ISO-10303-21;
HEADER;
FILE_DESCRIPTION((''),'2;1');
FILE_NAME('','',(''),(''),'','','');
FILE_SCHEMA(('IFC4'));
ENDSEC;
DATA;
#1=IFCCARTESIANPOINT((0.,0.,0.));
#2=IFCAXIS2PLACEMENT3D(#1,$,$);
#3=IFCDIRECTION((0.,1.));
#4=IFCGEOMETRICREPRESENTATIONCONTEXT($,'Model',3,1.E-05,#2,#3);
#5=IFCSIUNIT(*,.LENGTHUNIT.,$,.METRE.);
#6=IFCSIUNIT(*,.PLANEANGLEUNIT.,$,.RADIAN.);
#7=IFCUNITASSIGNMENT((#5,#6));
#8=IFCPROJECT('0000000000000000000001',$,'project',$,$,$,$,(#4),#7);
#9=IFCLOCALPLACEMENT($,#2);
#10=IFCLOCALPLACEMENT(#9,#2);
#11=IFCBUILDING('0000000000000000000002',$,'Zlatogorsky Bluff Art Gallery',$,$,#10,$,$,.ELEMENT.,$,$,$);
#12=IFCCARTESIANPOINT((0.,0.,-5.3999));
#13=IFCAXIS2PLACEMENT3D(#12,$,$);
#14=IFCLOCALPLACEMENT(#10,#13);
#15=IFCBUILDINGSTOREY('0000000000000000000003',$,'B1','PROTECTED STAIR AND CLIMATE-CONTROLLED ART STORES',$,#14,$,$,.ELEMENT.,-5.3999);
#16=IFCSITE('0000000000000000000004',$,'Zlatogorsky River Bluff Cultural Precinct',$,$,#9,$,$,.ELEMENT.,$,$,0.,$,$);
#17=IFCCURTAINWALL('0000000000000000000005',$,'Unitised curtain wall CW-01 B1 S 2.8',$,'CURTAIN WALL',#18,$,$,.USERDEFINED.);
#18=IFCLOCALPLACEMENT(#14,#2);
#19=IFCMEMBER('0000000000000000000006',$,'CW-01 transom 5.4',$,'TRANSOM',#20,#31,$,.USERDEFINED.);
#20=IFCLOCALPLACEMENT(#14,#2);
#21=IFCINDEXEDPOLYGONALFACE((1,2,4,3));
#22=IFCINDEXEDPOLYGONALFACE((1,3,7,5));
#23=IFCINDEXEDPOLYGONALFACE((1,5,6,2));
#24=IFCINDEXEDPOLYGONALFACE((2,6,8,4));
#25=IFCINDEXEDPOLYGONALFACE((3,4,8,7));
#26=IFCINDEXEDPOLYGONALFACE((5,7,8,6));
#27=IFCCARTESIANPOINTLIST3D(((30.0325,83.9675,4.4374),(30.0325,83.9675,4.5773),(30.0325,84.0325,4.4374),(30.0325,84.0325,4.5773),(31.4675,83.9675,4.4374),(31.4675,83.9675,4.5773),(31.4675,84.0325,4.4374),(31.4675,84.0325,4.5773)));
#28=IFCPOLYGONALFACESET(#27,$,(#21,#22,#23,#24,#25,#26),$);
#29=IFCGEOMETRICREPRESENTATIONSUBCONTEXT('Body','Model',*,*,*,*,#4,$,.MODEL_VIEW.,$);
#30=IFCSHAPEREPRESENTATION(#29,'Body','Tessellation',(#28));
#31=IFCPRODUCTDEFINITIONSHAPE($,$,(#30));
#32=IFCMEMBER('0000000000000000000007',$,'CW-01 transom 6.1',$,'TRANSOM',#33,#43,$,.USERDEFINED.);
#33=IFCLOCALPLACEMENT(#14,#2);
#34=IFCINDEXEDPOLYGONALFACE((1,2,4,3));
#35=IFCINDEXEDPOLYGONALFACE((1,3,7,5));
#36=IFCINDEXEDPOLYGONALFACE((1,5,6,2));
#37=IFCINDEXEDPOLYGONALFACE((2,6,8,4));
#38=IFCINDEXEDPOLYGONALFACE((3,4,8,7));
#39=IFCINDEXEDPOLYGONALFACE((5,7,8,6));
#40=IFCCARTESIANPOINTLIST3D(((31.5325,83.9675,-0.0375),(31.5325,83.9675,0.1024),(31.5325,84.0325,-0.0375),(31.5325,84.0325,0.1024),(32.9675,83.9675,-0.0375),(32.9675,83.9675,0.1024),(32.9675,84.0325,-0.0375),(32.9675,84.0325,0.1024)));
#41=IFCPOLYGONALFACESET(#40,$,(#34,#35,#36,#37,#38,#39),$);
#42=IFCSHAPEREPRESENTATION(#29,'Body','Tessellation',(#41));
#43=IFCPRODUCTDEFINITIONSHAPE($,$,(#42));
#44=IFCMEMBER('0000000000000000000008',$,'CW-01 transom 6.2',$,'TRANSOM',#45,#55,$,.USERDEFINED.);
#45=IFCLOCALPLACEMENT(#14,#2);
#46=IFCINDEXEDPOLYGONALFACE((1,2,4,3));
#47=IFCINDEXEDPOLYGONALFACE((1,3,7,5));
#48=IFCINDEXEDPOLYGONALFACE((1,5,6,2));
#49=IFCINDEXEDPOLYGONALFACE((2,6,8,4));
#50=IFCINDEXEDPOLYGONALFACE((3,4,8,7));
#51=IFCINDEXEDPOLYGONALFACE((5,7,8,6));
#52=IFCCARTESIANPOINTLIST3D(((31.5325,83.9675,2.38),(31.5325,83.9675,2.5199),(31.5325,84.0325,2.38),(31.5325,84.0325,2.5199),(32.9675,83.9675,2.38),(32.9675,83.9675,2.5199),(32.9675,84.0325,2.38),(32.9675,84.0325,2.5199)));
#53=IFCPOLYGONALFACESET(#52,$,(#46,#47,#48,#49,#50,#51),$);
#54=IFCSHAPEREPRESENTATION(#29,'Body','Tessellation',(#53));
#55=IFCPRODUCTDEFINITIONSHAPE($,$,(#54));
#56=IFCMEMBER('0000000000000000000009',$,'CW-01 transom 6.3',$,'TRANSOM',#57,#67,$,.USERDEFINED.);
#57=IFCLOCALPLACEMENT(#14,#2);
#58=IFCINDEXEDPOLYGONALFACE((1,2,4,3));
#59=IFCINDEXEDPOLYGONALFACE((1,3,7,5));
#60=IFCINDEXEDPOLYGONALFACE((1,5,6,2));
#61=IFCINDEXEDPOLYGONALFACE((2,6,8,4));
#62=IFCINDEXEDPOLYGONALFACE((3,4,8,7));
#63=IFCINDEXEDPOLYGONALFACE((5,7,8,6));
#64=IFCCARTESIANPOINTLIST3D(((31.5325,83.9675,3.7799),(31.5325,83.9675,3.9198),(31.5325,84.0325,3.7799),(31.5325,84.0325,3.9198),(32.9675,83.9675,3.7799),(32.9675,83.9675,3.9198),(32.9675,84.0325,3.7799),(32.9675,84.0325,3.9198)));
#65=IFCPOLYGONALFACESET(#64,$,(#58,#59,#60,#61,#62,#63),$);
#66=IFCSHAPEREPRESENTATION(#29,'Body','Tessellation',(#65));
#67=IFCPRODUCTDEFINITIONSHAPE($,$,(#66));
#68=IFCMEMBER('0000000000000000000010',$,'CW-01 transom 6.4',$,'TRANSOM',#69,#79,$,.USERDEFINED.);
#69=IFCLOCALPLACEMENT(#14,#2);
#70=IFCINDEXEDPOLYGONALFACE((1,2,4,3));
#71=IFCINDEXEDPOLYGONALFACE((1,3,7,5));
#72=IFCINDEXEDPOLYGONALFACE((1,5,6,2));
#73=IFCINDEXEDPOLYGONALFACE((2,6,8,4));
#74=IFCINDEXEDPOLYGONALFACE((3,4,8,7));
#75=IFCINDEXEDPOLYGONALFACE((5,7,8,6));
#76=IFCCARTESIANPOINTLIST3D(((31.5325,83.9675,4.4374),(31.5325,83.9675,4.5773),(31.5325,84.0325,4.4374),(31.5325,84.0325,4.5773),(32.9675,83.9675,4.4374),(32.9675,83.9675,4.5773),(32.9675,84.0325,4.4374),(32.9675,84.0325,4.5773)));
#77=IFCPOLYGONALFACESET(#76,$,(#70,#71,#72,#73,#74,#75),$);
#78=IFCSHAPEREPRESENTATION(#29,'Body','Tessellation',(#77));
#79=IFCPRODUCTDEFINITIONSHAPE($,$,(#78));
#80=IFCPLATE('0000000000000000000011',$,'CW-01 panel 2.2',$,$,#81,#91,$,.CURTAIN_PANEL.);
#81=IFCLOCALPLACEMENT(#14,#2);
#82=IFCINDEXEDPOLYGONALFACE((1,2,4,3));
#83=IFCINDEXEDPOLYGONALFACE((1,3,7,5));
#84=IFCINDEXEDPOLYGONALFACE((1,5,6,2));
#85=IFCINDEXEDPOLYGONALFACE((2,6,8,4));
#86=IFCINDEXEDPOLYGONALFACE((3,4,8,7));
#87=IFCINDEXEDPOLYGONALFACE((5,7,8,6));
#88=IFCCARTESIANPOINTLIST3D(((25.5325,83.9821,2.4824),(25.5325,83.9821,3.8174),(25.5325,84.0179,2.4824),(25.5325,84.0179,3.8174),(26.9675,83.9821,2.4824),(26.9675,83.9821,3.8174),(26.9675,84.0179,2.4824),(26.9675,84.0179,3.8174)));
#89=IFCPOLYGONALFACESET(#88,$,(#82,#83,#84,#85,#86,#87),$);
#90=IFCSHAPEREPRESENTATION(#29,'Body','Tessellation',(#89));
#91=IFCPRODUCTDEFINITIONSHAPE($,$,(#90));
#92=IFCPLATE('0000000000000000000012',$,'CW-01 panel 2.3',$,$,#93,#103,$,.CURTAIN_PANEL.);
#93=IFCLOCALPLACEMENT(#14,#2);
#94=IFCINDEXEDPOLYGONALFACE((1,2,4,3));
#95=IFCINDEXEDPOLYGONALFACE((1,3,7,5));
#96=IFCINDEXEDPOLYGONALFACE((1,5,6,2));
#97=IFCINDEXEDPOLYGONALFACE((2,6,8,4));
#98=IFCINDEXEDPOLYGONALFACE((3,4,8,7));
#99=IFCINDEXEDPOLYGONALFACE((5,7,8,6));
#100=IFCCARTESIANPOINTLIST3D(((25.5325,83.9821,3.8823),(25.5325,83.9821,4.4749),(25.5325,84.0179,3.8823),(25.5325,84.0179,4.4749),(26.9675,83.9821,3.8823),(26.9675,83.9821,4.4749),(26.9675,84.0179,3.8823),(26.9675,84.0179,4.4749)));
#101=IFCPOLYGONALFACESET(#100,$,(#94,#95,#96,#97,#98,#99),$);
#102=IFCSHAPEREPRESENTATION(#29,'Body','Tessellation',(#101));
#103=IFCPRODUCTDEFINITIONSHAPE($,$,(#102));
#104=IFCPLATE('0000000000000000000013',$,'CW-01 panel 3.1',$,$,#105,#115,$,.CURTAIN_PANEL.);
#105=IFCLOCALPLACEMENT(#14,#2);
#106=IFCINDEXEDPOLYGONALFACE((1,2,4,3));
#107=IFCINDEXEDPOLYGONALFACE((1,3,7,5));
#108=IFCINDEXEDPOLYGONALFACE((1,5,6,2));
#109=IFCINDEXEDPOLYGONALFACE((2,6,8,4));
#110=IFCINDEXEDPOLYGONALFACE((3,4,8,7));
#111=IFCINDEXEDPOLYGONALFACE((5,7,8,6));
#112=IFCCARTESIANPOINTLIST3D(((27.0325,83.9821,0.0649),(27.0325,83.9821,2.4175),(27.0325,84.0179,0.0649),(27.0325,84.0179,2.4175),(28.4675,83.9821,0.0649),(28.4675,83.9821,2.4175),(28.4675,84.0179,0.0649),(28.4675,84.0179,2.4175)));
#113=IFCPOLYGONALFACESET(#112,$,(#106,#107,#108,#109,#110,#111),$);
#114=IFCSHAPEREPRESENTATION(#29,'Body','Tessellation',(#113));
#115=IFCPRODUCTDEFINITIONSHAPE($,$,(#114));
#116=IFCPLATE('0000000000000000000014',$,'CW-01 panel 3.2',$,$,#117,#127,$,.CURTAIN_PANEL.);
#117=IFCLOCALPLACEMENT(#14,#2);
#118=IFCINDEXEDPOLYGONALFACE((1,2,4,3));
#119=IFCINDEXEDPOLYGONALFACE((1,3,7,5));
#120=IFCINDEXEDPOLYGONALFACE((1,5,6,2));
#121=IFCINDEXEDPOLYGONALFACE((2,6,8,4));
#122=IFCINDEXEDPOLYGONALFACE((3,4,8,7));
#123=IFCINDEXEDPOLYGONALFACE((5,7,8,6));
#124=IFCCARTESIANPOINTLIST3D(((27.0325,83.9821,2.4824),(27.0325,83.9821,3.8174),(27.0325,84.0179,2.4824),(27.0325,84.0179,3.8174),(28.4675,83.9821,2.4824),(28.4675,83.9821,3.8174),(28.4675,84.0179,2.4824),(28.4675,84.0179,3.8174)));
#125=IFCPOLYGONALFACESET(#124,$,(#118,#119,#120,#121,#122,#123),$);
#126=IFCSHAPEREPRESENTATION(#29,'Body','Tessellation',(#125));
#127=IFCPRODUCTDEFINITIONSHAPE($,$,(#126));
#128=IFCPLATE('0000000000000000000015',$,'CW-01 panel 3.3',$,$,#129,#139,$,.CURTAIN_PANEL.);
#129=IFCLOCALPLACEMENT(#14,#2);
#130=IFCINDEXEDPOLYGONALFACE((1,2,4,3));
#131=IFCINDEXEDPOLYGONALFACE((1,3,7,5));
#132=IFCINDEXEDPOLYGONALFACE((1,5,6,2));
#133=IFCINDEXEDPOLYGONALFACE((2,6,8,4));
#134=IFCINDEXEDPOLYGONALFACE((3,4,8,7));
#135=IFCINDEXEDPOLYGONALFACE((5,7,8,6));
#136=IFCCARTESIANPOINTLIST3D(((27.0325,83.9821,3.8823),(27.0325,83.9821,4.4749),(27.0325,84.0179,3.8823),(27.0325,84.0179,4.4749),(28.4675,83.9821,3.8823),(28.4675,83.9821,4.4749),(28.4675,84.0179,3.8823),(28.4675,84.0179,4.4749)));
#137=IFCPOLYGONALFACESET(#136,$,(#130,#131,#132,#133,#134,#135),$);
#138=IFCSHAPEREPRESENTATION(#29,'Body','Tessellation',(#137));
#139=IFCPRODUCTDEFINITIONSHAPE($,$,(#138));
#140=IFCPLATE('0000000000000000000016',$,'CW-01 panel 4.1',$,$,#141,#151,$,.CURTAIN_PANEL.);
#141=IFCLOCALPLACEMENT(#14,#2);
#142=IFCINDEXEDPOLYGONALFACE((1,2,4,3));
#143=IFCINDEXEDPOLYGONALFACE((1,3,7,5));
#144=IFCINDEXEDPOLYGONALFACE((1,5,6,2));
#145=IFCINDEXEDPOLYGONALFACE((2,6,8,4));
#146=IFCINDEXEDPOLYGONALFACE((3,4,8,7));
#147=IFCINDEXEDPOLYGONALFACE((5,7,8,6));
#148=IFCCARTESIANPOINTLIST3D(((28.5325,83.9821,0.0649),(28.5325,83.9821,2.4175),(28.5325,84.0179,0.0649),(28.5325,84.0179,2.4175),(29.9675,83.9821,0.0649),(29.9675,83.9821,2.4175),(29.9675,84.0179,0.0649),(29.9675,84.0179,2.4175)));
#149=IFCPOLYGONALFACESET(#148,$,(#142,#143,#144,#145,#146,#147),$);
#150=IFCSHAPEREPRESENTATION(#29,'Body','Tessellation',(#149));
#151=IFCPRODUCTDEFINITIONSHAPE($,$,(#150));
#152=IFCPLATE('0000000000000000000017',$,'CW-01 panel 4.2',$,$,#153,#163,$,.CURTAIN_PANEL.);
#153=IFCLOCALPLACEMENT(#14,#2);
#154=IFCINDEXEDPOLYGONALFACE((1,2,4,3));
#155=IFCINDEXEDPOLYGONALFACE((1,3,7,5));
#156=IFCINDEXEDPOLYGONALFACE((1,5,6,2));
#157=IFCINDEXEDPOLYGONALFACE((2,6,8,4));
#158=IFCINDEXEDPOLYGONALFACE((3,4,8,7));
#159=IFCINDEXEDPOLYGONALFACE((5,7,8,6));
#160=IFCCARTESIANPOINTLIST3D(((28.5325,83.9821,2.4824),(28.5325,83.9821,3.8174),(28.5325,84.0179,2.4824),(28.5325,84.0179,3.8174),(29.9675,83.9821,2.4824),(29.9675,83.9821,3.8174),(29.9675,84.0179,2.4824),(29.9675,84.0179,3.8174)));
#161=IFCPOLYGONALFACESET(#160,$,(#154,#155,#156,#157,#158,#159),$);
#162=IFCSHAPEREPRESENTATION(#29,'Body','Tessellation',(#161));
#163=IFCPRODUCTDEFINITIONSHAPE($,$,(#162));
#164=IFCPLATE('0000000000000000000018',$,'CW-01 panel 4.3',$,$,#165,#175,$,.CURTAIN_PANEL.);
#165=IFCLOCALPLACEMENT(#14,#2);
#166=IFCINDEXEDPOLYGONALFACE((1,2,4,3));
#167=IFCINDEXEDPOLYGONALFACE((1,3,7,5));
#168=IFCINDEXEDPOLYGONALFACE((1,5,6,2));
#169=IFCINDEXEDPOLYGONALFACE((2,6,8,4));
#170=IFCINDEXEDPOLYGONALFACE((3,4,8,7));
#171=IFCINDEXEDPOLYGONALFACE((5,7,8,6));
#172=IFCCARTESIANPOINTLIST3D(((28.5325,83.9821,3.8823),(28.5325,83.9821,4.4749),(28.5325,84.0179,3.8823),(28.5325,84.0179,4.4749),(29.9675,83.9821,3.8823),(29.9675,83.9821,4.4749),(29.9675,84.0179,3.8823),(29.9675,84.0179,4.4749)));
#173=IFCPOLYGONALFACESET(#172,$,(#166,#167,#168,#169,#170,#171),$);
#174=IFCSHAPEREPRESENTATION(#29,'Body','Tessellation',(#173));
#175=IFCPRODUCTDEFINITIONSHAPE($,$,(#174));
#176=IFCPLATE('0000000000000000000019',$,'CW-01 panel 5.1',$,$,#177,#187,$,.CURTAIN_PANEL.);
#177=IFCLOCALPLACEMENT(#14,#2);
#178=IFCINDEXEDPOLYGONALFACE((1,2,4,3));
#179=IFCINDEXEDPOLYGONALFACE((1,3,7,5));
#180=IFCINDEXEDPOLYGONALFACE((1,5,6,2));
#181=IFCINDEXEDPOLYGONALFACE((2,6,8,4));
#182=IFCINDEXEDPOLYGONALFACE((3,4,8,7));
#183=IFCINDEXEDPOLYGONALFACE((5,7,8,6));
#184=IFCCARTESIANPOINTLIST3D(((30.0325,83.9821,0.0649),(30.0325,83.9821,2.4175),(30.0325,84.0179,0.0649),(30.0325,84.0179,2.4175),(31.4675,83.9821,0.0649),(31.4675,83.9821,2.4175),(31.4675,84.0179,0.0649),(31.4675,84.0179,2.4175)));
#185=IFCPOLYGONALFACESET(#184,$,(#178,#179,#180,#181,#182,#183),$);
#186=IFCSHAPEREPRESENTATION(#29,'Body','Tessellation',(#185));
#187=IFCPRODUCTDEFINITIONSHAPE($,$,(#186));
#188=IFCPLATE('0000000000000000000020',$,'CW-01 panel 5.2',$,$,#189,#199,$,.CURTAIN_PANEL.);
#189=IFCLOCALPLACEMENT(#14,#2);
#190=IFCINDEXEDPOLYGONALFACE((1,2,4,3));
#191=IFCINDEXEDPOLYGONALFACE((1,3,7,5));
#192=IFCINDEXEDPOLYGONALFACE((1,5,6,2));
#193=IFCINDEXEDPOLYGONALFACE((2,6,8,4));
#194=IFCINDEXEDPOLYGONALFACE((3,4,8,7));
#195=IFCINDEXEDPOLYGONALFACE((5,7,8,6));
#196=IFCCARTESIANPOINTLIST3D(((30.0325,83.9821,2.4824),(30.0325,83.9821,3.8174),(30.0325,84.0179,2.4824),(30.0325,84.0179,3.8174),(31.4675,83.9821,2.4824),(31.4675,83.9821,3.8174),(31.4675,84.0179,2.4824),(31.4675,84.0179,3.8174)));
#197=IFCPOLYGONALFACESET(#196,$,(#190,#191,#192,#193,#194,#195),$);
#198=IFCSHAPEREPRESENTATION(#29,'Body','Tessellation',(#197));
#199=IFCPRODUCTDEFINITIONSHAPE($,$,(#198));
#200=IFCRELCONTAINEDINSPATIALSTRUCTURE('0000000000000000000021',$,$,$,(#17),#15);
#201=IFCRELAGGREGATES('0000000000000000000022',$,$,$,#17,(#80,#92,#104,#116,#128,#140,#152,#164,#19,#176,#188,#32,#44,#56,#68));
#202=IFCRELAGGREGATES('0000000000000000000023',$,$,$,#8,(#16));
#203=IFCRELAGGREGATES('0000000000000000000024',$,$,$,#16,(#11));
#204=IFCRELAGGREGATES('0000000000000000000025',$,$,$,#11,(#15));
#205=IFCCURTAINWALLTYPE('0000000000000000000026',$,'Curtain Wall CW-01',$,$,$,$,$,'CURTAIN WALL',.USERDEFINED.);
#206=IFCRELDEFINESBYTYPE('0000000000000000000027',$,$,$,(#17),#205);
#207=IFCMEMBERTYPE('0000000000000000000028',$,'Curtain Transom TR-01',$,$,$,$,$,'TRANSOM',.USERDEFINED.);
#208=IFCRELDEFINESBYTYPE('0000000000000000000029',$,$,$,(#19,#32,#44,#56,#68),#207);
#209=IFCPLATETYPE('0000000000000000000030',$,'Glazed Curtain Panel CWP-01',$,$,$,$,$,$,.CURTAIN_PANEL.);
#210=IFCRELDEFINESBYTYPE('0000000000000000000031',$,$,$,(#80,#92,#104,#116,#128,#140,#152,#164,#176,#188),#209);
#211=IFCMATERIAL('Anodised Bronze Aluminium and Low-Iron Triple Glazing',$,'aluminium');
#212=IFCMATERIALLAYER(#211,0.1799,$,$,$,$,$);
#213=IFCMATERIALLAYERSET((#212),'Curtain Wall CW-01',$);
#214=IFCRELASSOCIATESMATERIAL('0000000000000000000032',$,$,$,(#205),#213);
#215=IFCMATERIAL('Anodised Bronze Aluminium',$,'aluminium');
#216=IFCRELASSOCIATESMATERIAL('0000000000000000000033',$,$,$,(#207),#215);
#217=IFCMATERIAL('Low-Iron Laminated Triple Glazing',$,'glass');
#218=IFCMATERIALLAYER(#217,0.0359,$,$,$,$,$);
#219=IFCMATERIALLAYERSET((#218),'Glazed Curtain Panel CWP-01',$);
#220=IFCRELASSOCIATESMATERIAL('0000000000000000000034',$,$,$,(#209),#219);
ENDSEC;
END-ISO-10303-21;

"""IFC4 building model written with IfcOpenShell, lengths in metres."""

from ifc_helpers import new_model, si_unit, direction, frame, origin, origin_2d, place, context, subcontext, project, spatial, rectangle, extrude, material, layer, layer_set, material_profile, profile_set, type_object, element, aggregate, save


model = new_model("IFC4")

# Units and contexts
model_context = context("Model", 3, precision=1e-05, world=origin(), true_north=direction((0.0, 1.0)))
body_context = subcontext(model_context, "Body", "Model", "MODEL_VIEW")
ifc_project = project(units=[si_unit("LENGTHUNIT", "METRE"), si_unit("PLANEANGLEUNIT", "RADIAN")], contexts=[model_context])

# Site, building, storey
site_placement = place(None, origin())
site = spatial("IfcSite", under=ifc_project, at=site_placement, Name="Zlatogorsky River Bluff Cultural Precinct", CompositionType="ELEMENT", RefElevation=0.0)
building_placement = place(site_placement, origin())
building = spatial("IfcBuilding", under=site, at=building_placement, Name="Zlatogorsky Bluff Art Gallery", CompositionType="ELEMENT")
storey_placement = place(building_placement, frame((0.0, 0.0, -5.3999)))
storey = spatial("IfcBuildingStorey", under=building, at=storey_placement, Name="B1", Description="PROTECTED STAIR AND CLIMATE-CONTROLLED ART STORES", CompositionType="ELEMENT", Elevation=-5.3999)

# Curtain wall, members, plates
ifc_material_1 = material(Name="Anodised Bronze Aluminium and Low-Iron Triple Glazing", Category="aluminium")
ifc_layer_1 = layer(ifc_material_1, 0.1799)
ifc_layer_set_1 = layer_set([ifc_layer_1], Name="Curtain Wall CW-01")
curtain_wall_type = type_object("IfcCurtainWallType", Name="Curtain Wall CW-01", ElementType="CURTAIN WALL", PredefinedType="USERDEFINED", material=ifc_layer_set_1)
curtain_wall_placement = place(storey_placement, origin())
curtain_wall = element("IfcCurtainWall", 1, at=curtain_wall_placement, inside=storey, type_object=curtain_wall_type, Name="Unitised curtain wall CW-01 B1 S 2.8", ObjectType="CURTAIN WALL", PredefinedType="USERDEFINED")
ifc_material_2 = material(Name="Anodised Bronze Aluminium", Category="aluminium")
ifc_material_profile_1 = material_profile(ifc_material_2, rectangle(XDim=0.0649, YDim=0.1399, at=origin_2d()), Name="ALU TRANSOM 65x140")
ifc_profile_set_1 = profile_set([ifc_material_profile_1], Name="Anodised Bronze Aluminium")
member_type_1 = type_object("IfcMemberType", Name="Curtain Transom TR-01", ElementType="TRANSOM", PredefinedType="USERDEFINED", material=ifc_profile_set_1)
member_1_placement = place(storey_placement, frame((30.0325, 84.0, 4.5073), z_axis=(1.0, 0.0, 0.0), x_axis=(0.0, 1.0, 0.0)))
member_1 = element("IfcMember", 2, at=member_1_placement, type_object=member_type_1, Name="CW-01 transom 5.4", ObjectType="TRANSOM", PredefinedType="USERDEFINED", context=body_context, shape_type="SweptSolid", body=[
    extrude(rectangle(XDim=0.0649, YDim=0.1399, at=origin_2d()), origin(), (0.0, 0.0, 1.0), 1.4351),
])
member_2_placement = place(storey_placement, frame((31.5325, 84.0, 0.0325), z_axis=(1.0, 0.0, 0.0), x_axis=(0.0, 1.0, 0.0)))
member_2 = element("IfcMember", 3, at=member_2_placement, type_object=member_type_1, Name="CW-01 transom 6.1", ObjectType="TRANSOM", PredefinedType="USERDEFINED", context=body_context, shape_type="SweptSolid", body=[
    extrude(rectangle(XDim=0.0649, YDim=0.1399, at=origin_2d()), origin(), (0.0, 0.0, 1.0), 1.4351),
])
member_3_placement = place(storey_placement, frame((31.5325, 84.0, 2.45), z_axis=(1.0, 0.0, 0.0), x_axis=(0.0, 1.0, 0.0)))
member_3 = element("IfcMember", 4, at=member_3_placement, type_object=member_type_1, Name="CW-01 transom 6.2", ObjectType="TRANSOM", PredefinedType="USERDEFINED", context=body_context, shape_type="SweptSolid", body=[
    extrude(rectangle(XDim=0.0649, YDim=0.1399, at=origin_2d()), origin(), (0.0, 0.0, 1.0), 1.4351),
])
member_4_placement = place(storey_placement, frame((31.5325, 84.0, 3.8499), z_axis=(1.0, 0.0, 0.0), x_axis=(0.0, 1.0, 0.0)))
member_4 = element("IfcMember", 5, at=member_4_placement, type_object=member_type_1, Name="CW-01 transom 6.3", ObjectType="TRANSOM", PredefinedType="USERDEFINED", context=body_context, shape_type="SweptSolid", body=[
    extrude(rectangle(XDim=0.0649, YDim=0.1399, at=origin_2d()), origin(), (0.0, 0.0, 1.0), 1.4351),
])
member_5_placement = place(storey_placement, frame((31.5325, 84.0, 4.5073), z_axis=(1.0, 0.0, 0.0), x_axis=(0.0, 1.0, 0.0)))
member_5 = element("IfcMember", 6, at=member_5_placement, type_object=member_type_1, Name="CW-01 transom 6.4", ObjectType="TRANSOM", PredefinedType="USERDEFINED", context=body_context, shape_type="SweptSolid", body=[
    extrude(rectangle(XDim=0.0649, YDim=0.1399, at=origin_2d()), origin(), (0.0, 0.0, 1.0), 1.4351),
])
ifc_material_3 = material(Name="Low-Iron Laminated Triple Glazing", Category="glass")
ifc_layer_2 = layer(ifc_material_3, 0.0359)
ifc_layer_set_2 = layer_set([ifc_layer_2], Name="Glazed Curtain Panel CWP-01")
plate_type = type_object("IfcPlateType", Name="Glazed Curtain Panel CWP-01", PredefinedType="CURTAIN_PANEL", material=ifc_layer_set_2)
plate_1_placement = place(storey_placement, frame((26.25, 84.0, 2.4824), z_axis=(0.0, 0.0, 1.0), x_axis=(1.0, 0.0, 0.0)))
plate_1 = element("IfcPlate", 7, at=plate_1_placement, type_object=plate_type, Name="CW-01 panel 2.2", PredefinedType="CURTAIN_PANEL", context=body_context, shape_type="SweptSolid", body=[
    extrude(rectangle(XDim=1.4351, YDim=0.0359, at=origin_2d()), origin(), (0.0, 0.0, 1.0), 1.335),
])
plate_2_placement = place(storey_placement, frame((26.25, 84.0, 3.8823), z_axis=(0.0, 0.0, 1.0), x_axis=(1.0, 0.0, 0.0)))
plate_2 = element("IfcPlate", 8, at=plate_2_placement, type_object=plate_type, Name="CW-01 panel 2.3", PredefinedType="CURTAIN_PANEL", context=body_context, shape_type="SweptSolid", body=[
    extrude(rectangle(XDim=1.4351, YDim=0.0359, at=origin_2d()), origin(), (0.0, 0.0, 1.0), 0.5925),
])
plate_3_placement = place(storey_placement, frame((27.75, 84.0, 0.0649), z_axis=(0.0, 0.0, 1.0), x_axis=(1.0, 0.0, 0.0)))
plate_3 = element("IfcPlate", 9, at=plate_3_placement, type_object=plate_type, Name="CW-01 panel 3.1", PredefinedType="CURTAIN_PANEL", context=body_context, shape_type="SweptSolid", body=[
    extrude(rectangle(XDim=1.4351, YDim=0.0359, at=origin_2d()), origin(), (0.0, 0.0, 1.0), 2.3525),
])
plate_4_placement = place(storey_placement, frame((27.75, 84.0, 2.4824), z_axis=(0.0, 0.0, 1.0), x_axis=(1.0, 0.0, 0.0)))
plate_4 = element("IfcPlate", 10, at=plate_4_placement, type_object=plate_type, Name="CW-01 panel 3.2", PredefinedType="CURTAIN_PANEL", context=body_context, shape_type="SweptSolid", body=[
    extrude(rectangle(XDim=1.4351, YDim=0.0359, at=origin_2d()), origin(), (0.0, 0.0, 1.0), 1.335),
])
plate_5_placement = place(storey_placement, frame((27.75, 84.0, 3.8823), z_axis=(0.0, 0.0, 1.0), x_axis=(1.0, 0.0, 0.0)))
plate_5 = element("IfcPlate", 11, at=plate_5_placement, type_object=plate_type, Name="CW-01 panel 3.3", PredefinedType="CURTAIN_PANEL", context=body_context, shape_type="SweptSolid", body=[
    extrude(rectangle(XDim=1.4351, YDim=0.0359, at=origin_2d()), origin(), (0.0, 0.0, 1.0), 0.5925),
])
plate_6_placement = place(storey_placement, frame((29.25, 84.0, 0.0649), z_axis=(0.0, 0.0, 1.0), x_axis=(1.0, 0.0, 0.0)))
plate_6 = element("IfcPlate", 12, at=plate_6_placement, type_object=plate_type, Name="CW-01 panel 4.1", PredefinedType="CURTAIN_PANEL", context=body_context, shape_type="SweptSolid", body=[
    extrude(rectangle(XDim=1.4351, YDim=0.0359, at=origin_2d()), origin(), (0.0, 0.0, 1.0), 2.3525),
])
plate_7_placement = place(storey_placement, frame((29.25, 84.0, 2.4824), z_axis=(0.0, 0.0, 1.0), x_axis=(1.0, 0.0, 0.0)))
plate_7 = element("IfcPlate", 13, at=plate_7_placement, type_object=plate_type, Name="CW-01 panel 4.2", PredefinedType="CURTAIN_PANEL", context=body_context, shape_type="SweptSolid", body=[
    extrude(rectangle(XDim=1.4351, YDim=0.0359, at=origin_2d()), origin(), (0.0, 0.0, 1.0), 1.335),
])
plate_8_placement = place(storey_placement, frame((29.25, 84.0, 3.8823), z_axis=(0.0, 0.0, 1.0), x_axis=(1.0, 0.0, 0.0)))
plate_8 = element("IfcPlate", 14, at=plate_8_placement, type_object=plate_type, Name="CW-01 panel 4.3", PredefinedType="CURTAIN_PANEL", context=body_context, shape_type="SweptSolid", body=[
    extrude(rectangle(XDim=1.4351, YDim=0.0359, at=origin_2d()), origin(), (0.0, 0.0, 1.0), 0.5925),
])
plate_9_placement = place(storey_placement, frame((30.75, 84.0, 0.0649), z_axis=(0.0, 0.0, 1.0), x_axis=(1.0, 0.0, 0.0)))
plate_9 = element("IfcPlate", 15, at=plate_9_placement, type_object=plate_type, Name="CW-01 panel 5.1", PredefinedType="CURTAIN_PANEL", context=body_context, shape_type="SweptSolid", body=[
    extrude(rectangle(XDim=1.4351, YDim=0.0359, at=origin_2d()), origin(), (0.0, 0.0, 1.0), 2.3525),
])
plate_10_placement = place(storey_placement, frame((30.75, 84.0, 2.4824), z_axis=(0.0, 0.0, 1.0), x_axis=(1.0, 0.0, 0.0)))
plate_10 = element("IfcPlate", 16, at=plate_10_placement, type_object=plate_type, Name="CW-01 panel 5.2", PredefinedType="CURTAIN_PANEL", context=body_context, shape_type="SweptSolid", body=[
    extrude(rectangle(XDim=1.4351, YDim=0.0359, at=origin_2d()), origin(), (0.0, 0.0, 1.0), 1.335),
])
aggregate(curtain_wall, [plate_1, plate_2, plate_3, plate_4, plate_5, plate_6, plate_7, plate_8, member_1, plate_9, plate_10, member_2, member_3, member_4, member_5])

save(model, "model.ifc")
